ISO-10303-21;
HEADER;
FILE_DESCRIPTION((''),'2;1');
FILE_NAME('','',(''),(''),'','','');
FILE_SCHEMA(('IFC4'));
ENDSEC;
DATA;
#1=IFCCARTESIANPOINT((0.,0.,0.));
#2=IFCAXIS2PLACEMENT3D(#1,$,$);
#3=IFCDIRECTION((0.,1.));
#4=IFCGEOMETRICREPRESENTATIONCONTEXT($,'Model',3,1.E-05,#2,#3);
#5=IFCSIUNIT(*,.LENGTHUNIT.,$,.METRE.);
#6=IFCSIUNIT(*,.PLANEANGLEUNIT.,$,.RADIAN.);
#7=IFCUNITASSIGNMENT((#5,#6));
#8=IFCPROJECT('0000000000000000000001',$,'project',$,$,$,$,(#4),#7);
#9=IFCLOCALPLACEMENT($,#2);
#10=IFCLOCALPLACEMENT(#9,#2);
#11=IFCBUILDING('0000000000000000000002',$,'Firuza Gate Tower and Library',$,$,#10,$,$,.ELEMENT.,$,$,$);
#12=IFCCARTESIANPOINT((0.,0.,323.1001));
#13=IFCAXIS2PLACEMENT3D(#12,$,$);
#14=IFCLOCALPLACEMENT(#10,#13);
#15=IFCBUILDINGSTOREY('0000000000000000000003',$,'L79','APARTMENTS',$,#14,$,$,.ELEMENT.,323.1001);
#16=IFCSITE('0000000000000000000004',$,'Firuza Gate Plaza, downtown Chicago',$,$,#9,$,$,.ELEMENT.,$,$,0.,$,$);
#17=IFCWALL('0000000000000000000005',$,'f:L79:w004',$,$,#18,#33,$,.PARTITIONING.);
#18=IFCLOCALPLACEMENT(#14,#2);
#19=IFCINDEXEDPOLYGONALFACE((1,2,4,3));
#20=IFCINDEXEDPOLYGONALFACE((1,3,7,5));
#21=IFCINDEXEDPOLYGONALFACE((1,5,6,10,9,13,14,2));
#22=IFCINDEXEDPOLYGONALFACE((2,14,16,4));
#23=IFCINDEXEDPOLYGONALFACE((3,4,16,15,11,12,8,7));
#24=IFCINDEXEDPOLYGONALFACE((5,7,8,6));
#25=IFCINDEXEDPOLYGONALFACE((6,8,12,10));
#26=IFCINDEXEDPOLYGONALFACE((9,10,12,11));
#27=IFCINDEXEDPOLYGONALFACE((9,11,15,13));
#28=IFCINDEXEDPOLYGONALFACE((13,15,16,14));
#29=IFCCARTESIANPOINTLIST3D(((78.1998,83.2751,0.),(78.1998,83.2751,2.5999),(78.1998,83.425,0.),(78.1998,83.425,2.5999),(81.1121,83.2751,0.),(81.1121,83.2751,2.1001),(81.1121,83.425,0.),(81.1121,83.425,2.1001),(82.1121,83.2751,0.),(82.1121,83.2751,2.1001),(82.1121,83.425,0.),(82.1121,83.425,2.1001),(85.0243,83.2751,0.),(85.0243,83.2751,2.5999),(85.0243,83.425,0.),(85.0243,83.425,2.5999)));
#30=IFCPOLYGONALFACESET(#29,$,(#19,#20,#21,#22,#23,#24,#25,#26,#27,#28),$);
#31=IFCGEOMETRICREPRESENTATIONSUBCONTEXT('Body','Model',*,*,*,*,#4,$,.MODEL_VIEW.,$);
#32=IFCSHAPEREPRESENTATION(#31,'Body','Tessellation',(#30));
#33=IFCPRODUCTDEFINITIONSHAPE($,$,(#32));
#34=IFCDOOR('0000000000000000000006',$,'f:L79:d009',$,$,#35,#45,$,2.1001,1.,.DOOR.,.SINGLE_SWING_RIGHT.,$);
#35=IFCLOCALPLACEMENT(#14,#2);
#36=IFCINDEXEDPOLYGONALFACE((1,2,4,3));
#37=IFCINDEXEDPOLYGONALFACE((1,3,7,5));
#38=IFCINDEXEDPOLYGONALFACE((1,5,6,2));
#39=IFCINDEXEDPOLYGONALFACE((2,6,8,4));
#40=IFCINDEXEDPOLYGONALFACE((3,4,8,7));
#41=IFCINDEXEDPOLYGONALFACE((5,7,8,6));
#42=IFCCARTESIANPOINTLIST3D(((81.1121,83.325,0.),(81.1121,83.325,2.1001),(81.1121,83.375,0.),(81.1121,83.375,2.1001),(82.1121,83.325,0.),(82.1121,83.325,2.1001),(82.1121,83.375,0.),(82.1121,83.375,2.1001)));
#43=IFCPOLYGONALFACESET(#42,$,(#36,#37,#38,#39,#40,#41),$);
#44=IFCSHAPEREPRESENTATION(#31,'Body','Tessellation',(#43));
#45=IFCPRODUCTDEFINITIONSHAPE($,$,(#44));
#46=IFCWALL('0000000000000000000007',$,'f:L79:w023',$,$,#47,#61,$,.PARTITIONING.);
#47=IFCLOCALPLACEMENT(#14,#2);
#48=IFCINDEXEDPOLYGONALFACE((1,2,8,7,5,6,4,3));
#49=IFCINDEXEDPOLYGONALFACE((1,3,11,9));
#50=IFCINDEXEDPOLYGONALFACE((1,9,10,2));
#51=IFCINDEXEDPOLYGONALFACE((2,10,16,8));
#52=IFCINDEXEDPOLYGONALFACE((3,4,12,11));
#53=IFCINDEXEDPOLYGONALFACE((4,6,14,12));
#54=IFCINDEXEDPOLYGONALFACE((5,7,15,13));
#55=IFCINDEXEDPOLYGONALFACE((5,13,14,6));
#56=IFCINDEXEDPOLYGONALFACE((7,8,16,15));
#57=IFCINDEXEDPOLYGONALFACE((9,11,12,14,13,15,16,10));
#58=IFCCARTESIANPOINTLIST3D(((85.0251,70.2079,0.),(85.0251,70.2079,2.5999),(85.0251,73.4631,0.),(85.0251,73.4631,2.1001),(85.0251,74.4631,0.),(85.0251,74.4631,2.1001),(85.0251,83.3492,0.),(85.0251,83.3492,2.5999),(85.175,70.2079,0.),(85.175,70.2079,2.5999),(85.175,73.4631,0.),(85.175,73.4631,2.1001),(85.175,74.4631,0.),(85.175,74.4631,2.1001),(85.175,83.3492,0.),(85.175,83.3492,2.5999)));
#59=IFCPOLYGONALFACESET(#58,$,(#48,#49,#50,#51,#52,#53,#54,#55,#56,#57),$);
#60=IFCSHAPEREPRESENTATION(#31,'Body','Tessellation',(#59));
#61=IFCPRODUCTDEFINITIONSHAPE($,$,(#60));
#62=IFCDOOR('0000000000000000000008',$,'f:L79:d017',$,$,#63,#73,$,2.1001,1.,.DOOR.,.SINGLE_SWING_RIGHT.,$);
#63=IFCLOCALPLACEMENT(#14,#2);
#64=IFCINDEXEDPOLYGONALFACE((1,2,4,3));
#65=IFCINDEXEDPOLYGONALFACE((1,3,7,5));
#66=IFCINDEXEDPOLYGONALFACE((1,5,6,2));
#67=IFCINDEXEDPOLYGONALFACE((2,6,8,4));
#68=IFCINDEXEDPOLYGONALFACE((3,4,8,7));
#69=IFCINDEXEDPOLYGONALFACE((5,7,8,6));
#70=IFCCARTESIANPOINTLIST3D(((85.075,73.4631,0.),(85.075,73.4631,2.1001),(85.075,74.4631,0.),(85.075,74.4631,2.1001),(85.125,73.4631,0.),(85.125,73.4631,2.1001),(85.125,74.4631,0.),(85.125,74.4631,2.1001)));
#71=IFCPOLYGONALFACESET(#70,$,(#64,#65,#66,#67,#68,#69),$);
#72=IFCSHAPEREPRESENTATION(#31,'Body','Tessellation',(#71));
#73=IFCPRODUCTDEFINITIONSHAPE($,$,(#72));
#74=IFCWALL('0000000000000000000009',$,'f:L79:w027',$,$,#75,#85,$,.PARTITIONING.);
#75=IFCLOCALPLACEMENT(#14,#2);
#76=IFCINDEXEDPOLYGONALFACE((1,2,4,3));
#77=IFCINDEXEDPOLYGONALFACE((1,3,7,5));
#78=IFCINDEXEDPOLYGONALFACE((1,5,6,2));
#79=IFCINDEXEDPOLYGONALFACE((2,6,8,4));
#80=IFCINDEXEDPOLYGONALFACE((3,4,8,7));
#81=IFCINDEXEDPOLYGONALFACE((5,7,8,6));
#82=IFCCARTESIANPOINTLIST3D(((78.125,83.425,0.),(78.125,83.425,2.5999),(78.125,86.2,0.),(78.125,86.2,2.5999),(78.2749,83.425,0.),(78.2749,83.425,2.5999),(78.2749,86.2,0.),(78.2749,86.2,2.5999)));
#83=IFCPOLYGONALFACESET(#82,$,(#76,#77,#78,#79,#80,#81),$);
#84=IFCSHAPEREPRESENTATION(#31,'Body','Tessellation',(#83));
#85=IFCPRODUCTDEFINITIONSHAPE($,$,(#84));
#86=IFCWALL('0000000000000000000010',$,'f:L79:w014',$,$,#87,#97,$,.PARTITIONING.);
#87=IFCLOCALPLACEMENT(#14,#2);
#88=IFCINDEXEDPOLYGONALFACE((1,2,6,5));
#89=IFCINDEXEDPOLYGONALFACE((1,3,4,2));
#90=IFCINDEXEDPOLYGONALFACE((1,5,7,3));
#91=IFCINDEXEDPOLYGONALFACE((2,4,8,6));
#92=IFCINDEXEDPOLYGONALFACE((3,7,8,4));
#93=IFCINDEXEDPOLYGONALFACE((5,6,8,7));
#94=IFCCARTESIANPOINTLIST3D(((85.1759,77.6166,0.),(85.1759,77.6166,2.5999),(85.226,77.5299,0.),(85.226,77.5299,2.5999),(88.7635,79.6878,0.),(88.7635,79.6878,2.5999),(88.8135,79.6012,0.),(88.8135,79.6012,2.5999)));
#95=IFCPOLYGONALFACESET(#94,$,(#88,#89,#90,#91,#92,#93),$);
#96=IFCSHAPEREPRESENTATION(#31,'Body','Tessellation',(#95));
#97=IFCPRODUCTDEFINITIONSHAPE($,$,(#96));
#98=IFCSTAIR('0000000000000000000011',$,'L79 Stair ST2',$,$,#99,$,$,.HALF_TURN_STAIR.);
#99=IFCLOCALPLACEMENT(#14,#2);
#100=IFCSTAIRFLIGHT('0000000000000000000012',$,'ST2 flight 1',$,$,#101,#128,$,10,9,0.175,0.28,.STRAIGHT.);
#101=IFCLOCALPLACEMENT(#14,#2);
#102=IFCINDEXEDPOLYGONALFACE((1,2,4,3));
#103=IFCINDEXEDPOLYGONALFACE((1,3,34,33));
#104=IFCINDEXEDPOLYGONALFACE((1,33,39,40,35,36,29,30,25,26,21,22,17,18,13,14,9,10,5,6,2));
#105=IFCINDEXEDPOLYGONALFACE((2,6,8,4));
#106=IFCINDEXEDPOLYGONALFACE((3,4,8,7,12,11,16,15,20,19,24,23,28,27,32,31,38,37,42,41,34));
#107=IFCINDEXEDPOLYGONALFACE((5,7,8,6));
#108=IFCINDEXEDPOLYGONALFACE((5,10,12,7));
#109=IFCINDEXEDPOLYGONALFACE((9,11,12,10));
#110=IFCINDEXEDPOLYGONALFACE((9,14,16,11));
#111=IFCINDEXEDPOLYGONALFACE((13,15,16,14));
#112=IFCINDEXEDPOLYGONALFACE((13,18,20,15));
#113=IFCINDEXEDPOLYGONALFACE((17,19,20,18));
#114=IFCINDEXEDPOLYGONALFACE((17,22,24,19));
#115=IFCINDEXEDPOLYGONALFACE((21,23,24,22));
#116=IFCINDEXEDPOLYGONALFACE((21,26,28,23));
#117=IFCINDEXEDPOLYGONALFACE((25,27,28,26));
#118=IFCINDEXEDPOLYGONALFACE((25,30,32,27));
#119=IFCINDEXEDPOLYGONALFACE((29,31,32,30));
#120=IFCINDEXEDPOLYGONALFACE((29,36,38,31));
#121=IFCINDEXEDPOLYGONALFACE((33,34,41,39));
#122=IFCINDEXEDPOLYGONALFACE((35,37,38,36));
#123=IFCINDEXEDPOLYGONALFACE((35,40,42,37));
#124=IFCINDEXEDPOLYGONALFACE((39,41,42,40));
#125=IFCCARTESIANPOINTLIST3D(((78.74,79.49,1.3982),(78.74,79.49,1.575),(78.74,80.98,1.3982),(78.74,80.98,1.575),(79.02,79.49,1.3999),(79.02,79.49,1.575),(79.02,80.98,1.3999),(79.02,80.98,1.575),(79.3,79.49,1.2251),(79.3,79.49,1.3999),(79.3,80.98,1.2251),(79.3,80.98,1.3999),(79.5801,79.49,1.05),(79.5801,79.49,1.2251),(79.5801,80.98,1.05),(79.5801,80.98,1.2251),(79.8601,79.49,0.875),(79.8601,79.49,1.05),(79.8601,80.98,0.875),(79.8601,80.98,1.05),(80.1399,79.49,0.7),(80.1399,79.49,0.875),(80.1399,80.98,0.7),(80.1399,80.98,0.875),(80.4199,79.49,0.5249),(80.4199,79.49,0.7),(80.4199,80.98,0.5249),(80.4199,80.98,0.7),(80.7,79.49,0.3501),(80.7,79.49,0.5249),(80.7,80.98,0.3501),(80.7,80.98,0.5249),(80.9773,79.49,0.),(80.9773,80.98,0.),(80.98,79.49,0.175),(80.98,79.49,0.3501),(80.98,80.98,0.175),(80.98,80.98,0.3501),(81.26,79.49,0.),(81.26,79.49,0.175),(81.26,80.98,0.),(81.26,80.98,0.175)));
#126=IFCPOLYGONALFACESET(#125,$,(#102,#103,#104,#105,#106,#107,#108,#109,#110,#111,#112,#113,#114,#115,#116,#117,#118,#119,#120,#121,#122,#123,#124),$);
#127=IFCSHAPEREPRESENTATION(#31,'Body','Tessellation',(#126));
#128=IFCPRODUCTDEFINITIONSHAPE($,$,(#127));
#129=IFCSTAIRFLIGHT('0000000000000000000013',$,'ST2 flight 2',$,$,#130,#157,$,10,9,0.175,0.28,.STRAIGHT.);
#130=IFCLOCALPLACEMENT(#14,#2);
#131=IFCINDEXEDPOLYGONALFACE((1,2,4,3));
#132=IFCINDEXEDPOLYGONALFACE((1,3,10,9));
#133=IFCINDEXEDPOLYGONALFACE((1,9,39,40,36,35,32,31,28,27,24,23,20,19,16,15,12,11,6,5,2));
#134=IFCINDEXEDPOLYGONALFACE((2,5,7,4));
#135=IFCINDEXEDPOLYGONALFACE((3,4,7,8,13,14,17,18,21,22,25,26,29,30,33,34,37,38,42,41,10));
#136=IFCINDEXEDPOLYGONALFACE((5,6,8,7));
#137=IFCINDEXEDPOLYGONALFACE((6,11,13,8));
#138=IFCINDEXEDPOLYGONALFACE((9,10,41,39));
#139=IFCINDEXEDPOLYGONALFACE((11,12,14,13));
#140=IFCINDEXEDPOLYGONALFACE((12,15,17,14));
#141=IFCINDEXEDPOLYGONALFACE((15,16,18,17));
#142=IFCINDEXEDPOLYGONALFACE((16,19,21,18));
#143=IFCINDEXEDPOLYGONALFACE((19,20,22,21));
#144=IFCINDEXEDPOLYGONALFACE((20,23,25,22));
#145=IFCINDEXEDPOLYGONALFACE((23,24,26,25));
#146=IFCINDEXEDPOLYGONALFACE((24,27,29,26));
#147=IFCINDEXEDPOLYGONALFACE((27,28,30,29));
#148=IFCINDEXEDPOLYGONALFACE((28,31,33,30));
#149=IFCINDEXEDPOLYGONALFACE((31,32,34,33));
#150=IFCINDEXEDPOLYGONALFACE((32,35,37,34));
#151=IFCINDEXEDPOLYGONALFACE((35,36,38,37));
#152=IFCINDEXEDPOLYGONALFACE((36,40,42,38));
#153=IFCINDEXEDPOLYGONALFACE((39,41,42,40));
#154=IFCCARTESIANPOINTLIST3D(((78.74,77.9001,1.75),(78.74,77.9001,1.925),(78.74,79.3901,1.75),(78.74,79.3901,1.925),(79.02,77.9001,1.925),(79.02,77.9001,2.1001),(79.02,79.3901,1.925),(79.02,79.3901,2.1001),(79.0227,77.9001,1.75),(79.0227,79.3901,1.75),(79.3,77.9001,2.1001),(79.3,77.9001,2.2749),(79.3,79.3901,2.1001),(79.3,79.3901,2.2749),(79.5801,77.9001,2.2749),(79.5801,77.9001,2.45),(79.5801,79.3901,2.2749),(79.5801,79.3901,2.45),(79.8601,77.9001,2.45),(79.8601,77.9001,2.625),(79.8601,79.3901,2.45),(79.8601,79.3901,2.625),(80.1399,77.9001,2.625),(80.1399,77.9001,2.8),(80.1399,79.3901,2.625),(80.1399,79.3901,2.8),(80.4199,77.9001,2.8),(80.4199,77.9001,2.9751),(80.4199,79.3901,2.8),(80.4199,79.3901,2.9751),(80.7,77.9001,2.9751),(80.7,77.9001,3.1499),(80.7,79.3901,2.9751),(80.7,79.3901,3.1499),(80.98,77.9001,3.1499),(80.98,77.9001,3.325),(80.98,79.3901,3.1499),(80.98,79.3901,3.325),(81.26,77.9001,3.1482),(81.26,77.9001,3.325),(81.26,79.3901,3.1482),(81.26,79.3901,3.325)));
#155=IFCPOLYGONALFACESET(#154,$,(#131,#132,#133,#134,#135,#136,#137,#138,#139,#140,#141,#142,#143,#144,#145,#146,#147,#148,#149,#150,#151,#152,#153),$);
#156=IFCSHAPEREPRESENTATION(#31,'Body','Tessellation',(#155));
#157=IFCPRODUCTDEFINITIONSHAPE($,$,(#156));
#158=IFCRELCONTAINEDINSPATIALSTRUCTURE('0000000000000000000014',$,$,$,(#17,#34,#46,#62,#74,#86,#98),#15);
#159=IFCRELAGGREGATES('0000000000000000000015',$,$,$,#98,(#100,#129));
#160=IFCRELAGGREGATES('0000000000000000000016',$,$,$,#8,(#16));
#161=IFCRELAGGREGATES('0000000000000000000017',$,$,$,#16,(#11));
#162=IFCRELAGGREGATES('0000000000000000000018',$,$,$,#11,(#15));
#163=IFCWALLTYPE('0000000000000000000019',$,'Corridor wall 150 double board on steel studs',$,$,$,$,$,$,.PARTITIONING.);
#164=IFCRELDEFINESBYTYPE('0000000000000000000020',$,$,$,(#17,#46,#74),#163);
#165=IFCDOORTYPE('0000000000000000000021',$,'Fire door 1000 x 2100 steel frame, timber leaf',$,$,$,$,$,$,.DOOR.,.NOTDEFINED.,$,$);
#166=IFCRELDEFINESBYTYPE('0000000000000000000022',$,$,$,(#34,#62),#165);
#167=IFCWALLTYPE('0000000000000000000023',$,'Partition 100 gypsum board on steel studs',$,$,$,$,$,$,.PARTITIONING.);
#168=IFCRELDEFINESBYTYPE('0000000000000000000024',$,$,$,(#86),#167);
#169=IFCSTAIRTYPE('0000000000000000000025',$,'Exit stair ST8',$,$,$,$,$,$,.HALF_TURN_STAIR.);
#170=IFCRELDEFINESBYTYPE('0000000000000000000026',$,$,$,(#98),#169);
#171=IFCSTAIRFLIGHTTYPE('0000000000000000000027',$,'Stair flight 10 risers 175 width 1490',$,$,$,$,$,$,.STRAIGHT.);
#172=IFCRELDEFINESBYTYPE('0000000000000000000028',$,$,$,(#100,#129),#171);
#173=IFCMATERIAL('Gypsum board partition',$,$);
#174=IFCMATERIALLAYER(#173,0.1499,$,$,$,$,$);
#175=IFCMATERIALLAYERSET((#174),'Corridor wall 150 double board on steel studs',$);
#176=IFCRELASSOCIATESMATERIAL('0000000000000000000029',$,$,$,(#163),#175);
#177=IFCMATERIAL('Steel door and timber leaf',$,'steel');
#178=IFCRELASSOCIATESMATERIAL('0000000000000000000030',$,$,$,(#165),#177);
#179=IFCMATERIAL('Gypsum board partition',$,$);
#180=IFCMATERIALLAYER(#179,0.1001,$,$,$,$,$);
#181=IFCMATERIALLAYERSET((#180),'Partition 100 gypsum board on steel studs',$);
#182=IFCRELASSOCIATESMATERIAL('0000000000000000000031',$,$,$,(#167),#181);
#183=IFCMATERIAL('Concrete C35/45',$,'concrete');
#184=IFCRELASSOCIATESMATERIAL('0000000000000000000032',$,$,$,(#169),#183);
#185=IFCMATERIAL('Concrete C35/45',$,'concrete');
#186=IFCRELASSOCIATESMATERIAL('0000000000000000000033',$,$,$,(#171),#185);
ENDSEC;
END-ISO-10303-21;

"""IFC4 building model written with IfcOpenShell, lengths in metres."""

from ifc_helpers import new_model, si_unit, direction, frame, frame_2d, origin, place, context, subcontext, project, spatial, polyline, rectangle, outline, extrude, material, layer, layer_set, type_object, element, fill, aggregate, save


model = new_model("IFC4")

# Units and contexts
model_context = context("Model", 3, precision=1e-05, world=origin(), true_north=direction((0.0, 1.0)))
body_context = subcontext(model_context, "Body", "Model", "MODEL_VIEW")
ifc_project = project(units=[si_unit("LENGTHUNIT", "METRE"), si_unit("PLANEANGLEUNIT", "RADIAN")], contexts=[model_context])

# Site, building, storey
site_placement = place(None, origin())
site = spatial("IfcSite", under=ifc_project, at=site_placement, Name="Firuza Gate Plaza, downtown Chicago", CompositionType="ELEMENT", RefElevation=0.0)
building_placement = place(site_placement, origin())
building = spatial("IfcBuilding", under=site, at=building_placement, Name="Firuza Gate Tower and Library", CompositionType="ELEMENT")
storey_placement = place(building_placement, frame((0.0, 0.0, 323.1001)))
storey = spatial("IfcBuildingStorey", under=building, at=storey_placement, Name="L79", Description="APARTMENTS", CompositionType="ELEMENT", Elevation=323.1001)

# Walls, openings, doors
ifc_material_1 = material(Name="Gypsum board partition")
ifc_layer_1 = layer(ifc_material_1, 0.1499)
ifc_layer_set_1 = layer_set([ifc_layer_1], Name="Corridor wall 150 double board on steel studs")
wall_type_1 = type_object("IfcWallType", Name="Corridor wall 150 double board on steel studs", PredefinedType="PARTITIONING", material=ifc_layer_set_1)
wall_1_placement = place(storey_placement, frame((78.2, 83.3501, 0.0), z_axis=(0.0, 0.0, 1.0), x_axis=(1.0, 0.0, 0.0)))
wall_1 = element("IfcWall", 1, at=wall_1_placement, inside=storey, type_object=wall_type_1, Name="f:L79:w004", PredefinedType="PARTITIONING", context=body_context, shape_type="SweptSolid", body=[
    extrude(rectangle(XDim=6.8245, YDim=0.1499, at=frame_2d((3.4121, 0.0))), origin(), (0.0, 0.0, 1.0), 2.5999),
])
opening_1_placement = place(wall_1_placement, frame((2.9121, 0.0, 0.0)))
opening_1 = element("IfcOpeningElement", 2, at=opening_1_placement, cuts=wall_1, PredefinedType="OPENING", context=body_context, shape_type="SweptSolid", body=[
    extrude(rectangle(XDim=1.0, YDim=2.1001, at=frame_2d((0.5, 1.05))), frame((0.0, 0.085, 0.0), z_axis=(0.0, -1.0, 0.0), x_axis=(1.0, 0.0, 0.0)), (0.0, 0.0, 1.0), 0.1699),
])
ifc_material_2 = material(Name="Steel door and timber leaf", Category="steel")
door_type_1 = type_object("IfcDoorType", Name="Fire door 1000 x 2100 steel frame, timber leaf", OperationType="NOTDEFINED", PredefinedType="DOOR", material=ifc_material_2)
door_1_placement = place(opening_1_placement, origin())
door_1 = element("IfcDoor", 3, at=door_1_placement, inside=storey, type_object=door_type_1, Name="f:L79:d009", OperationType="SINGLE_SWING_RIGHT", OverallHeight=2.1001, OverallWidth=1.0, PredefinedType="DOOR", context=body_context, shape_type="SweptSolid", body=[
    extrude(rectangle(XDim=1.0, YDim=2.1001, at=frame_2d((0.5, 1.05))), frame((0.0, 0.0249, 0.0), z_axis=(0.0, -1.0, 0.0), x_axis=(1.0, 0.0, 0.0)), (0.0, 0.0, 1.0), 0.05),
])
fill(opening_1, door_1)
wall_2_placement = place(storey_placement, frame((85.1001, 83.3494, 0.0), z_axis=(0.0, 0.0, 1.0), x_axis=(0.0, -1.0, 0.0)))
wall_2 = element("IfcWall", 4, at=wall_2_placement, inside=storey, type_object=wall_type_1, Name="f:L79:w023", PredefinedType="PARTITIONING", context=body_context, shape_type="SweptSolid", body=[
    extrude(rectangle(XDim=13.1414, YDim=0.1499, at=frame_2d((6.5708, 0.0))), origin(), (0.0, 0.0, 1.0), 2.5999),
])
opening_2_placement = place(wall_2_placement, frame((8.8862, 0.0, 0.0)))
opening_2 = element("IfcOpeningElement", 5, at=opening_2_placement, cuts=wall_2, PredefinedType="OPENING", context=body_context, shape_type="SweptSolid", body=[
    extrude(rectangle(XDim=1.0, YDim=2.1001, at=frame_2d((0.5, 1.05))), frame((0.0, 0.085, 0.0), z_axis=(0.0, -1.0, 0.0), x_axis=(1.0, 0.0, 0.0)), (0.0, 0.0, 1.0), 0.1699),
])
door_2_placement = place(opening_2_placement, origin())
door_2 = element("IfcDoor", 6, at=door_2_placement, inside=storey, type_object=door_type_1, Name="f:L79:d017", OperationType="SINGLE_SWING_RIGHT", OverallHeight=2.1001, OverallWidth=1.0, PredefinedType="DOOR", context=body_context, shape_type="SweptSolid", body=[
    extrude(rectangle(XDim=1.0, YDim=2.1001, at=frame_2d((0.5, 1.05))), frame((0.0, 0.0249, 0.0), z_axis=(0.0, -1.0, 0.0), x_axis=(1.0, 0.0, 0.0)), (0.0, 0.0, 1.0), 0.05),
])
fill(opening_2, door_2)

# Walls
wall_3_placement = place(storey_placement, frame((78.2, 83.425, 0.0), z_axis=(0.0, 0.0, 1.0), x_axis=(0.0, 1.0, 0.0)))
element("IfcWall", 7, at=wall_3_placement, inside=storey, type_object=wall_type_1, Name="f:L79:w027", PredefinedType="PARTITIONING", context=body_context, shape_type="SweptSolid", body=[
    extrude(rectangle(XDim=2.7749, YDim=0.1499, at=frame_2d((1.3875, 0.0))), origin(), (0.0, 0.0, 1.0), 2.5999),
])
ifc_material_3 = material(Name="Gypsum board partition")
ifc_layer_2 = layer(ifc_material_3, 0.1001)
ifc_layer_set_2 = layer_set([ifc_layer_2], Name="Partition 100 gypsum board on steel studs")
wall_type_2 = type_object("IfcWallType", Name="Partition 100 gypsum board on steel studs", PredefinedType="PARTITIONING", material=ifc_layer_set_2)
wall_4_placement = place(storey_placement, frame((85.2009, 77.5732, 0.0), z_axis=(0.0, 0.0, 1.0), x_axis=(0.86603, 0.499993, 0.0)))
element("IfcWall", 8, at=wall_4_placement, inside=storey, type_object=wall_type_2, Name="f:L79:w014", PredefinedType="PARTITIONING", context=body_context, shape_type="SweptSolid", body=[
    extrude(rectangle(XDim=4.1426, YDim=0.1001, at=frame_2d((2.0713, 0.0))), origin(), (0.0, 0.0, 1.0), 2.5999),
])

# Stair, stair flights
ifc_material_4 = material(Name="Concrete C35/45", Category="concrete")
stair_type = type_object("IfcStairType", Name="Exit stair ST8", PredefinedType="HALF_TURN_STAIR", material=ifc_material_4)
stair_placement = place(storey_placement, origin())
stair = element("IfcStair", 9, at=stair_placement, inside=storey, type_object=stair_type, Name="L79 Stair ST2", PredefinedType="HALF_TURN_STAIR")
ifc_material_5 = material(Name="Concrete C35/45", Category="concrete")
stair_flight_type = type_object("IfcStairFlightType", Name="Stair flight 10 risers 175 width 1490", PredefinedType="STRAIGHT", material=ifc_material_5)
stair_flight_1_placement = place(storey_placement, frame((81.26, 80.2351, 0.0), z_axis=(0.0, 0.0, 1.0), x_axis=(-1.0, 0.0, 0.0)))
stair_flight_1 = element("IfcStairFlight", 10, at=stair_flight_1_placement, type_object=stair_flight_type, Name="ST2 flight 1", NumberOfRisers=10, NumberOfTreads=9, PredefinedType="STRAIGHT", RiserHeight=0.175, TreadLength=0.28, context=body_context, shape_type="SweptSolid", body=[
    extrude(outline(polyline([(0.0, 0.0), (0.0, 0.175), (0.28, 0.175), (0.28, 0.3501), (0.5601, 0.3501), (0.5601, 0.5249), (0.8401, 0.5249), (0.8401, 0.7), (1.1201, 0.7), (1.1201, 0.875), (1.3999, 0.875), (1.3999, 1.05), (1.6799, 1.05), (1.6799, 1.2251), (1.96, 1.2251), (1.96, 1.3999), (2.24, 1.3999), (2.24, 1.575), (2.52, 1.575), (2.52, 1.75), (2.52, 1.3982), (0.2827, 0.0), (0.0, 0.0)])), frame((0.0, 0.7451, 0.0), z_axis=(0.0, -1.0, 0.0), x_axis=(1.0, 0.0, 0.0)), (0.0, 0.0, 1.0), 1.49),
])
stair_flight_2_placement = place(storey_placement, frame((78.74, 78.645, 1.75), z_axis=(0.0, 0.0, 1.0), x_axis=(1.0, 0.0, 0.0)))
stair_flight_2 = element("IfcStairFlight", 11, at=stair_flight_2_placement, type_object=stair_flight_type, Name="ST2 flight 2", NumberOfRisers=10, NumberOfTreads=9, PredefinedType="STRAIGHT", RiserHeight=0.175, TreadLength=0.28, context=body_context, shape_type="SweptSolid", body=[
    extrude(outline(polyline([(0.0, 0.0), (0.0, 0.175), (0.28, 0.175), (0.28, 0.3501), (0.5601, 0.3501), (0.5601, 0.5249), (0.8401, 0.5249), (0.8401, 0.7), (1.1201, 0.7), (1.1201, 0.875), (1.3999, 0.875), (1.3999, 1.05), (1.6799, 1.05), (1.6799, 1.2251), (1.96, 1.2251), (1.96, 1.3999), (2.24, 1.3999), (2.24, 1.575), (2.52, 1.575), (2.52, 1.75), (2.52, 1.3982), (0.2827, 0.0), (0.0, 0.0)])), frame((0.0, 0.7451, 0.0), z_axis=(0.0, -1.0, 0.0), x_axis=(1.0, 0.0, 0.0)), (0.0, 0.0, 1.0), 1.49),
])
aggregate(stair, [stair_flight_1, stair_flight_2])

save(model, "model.ifc")
